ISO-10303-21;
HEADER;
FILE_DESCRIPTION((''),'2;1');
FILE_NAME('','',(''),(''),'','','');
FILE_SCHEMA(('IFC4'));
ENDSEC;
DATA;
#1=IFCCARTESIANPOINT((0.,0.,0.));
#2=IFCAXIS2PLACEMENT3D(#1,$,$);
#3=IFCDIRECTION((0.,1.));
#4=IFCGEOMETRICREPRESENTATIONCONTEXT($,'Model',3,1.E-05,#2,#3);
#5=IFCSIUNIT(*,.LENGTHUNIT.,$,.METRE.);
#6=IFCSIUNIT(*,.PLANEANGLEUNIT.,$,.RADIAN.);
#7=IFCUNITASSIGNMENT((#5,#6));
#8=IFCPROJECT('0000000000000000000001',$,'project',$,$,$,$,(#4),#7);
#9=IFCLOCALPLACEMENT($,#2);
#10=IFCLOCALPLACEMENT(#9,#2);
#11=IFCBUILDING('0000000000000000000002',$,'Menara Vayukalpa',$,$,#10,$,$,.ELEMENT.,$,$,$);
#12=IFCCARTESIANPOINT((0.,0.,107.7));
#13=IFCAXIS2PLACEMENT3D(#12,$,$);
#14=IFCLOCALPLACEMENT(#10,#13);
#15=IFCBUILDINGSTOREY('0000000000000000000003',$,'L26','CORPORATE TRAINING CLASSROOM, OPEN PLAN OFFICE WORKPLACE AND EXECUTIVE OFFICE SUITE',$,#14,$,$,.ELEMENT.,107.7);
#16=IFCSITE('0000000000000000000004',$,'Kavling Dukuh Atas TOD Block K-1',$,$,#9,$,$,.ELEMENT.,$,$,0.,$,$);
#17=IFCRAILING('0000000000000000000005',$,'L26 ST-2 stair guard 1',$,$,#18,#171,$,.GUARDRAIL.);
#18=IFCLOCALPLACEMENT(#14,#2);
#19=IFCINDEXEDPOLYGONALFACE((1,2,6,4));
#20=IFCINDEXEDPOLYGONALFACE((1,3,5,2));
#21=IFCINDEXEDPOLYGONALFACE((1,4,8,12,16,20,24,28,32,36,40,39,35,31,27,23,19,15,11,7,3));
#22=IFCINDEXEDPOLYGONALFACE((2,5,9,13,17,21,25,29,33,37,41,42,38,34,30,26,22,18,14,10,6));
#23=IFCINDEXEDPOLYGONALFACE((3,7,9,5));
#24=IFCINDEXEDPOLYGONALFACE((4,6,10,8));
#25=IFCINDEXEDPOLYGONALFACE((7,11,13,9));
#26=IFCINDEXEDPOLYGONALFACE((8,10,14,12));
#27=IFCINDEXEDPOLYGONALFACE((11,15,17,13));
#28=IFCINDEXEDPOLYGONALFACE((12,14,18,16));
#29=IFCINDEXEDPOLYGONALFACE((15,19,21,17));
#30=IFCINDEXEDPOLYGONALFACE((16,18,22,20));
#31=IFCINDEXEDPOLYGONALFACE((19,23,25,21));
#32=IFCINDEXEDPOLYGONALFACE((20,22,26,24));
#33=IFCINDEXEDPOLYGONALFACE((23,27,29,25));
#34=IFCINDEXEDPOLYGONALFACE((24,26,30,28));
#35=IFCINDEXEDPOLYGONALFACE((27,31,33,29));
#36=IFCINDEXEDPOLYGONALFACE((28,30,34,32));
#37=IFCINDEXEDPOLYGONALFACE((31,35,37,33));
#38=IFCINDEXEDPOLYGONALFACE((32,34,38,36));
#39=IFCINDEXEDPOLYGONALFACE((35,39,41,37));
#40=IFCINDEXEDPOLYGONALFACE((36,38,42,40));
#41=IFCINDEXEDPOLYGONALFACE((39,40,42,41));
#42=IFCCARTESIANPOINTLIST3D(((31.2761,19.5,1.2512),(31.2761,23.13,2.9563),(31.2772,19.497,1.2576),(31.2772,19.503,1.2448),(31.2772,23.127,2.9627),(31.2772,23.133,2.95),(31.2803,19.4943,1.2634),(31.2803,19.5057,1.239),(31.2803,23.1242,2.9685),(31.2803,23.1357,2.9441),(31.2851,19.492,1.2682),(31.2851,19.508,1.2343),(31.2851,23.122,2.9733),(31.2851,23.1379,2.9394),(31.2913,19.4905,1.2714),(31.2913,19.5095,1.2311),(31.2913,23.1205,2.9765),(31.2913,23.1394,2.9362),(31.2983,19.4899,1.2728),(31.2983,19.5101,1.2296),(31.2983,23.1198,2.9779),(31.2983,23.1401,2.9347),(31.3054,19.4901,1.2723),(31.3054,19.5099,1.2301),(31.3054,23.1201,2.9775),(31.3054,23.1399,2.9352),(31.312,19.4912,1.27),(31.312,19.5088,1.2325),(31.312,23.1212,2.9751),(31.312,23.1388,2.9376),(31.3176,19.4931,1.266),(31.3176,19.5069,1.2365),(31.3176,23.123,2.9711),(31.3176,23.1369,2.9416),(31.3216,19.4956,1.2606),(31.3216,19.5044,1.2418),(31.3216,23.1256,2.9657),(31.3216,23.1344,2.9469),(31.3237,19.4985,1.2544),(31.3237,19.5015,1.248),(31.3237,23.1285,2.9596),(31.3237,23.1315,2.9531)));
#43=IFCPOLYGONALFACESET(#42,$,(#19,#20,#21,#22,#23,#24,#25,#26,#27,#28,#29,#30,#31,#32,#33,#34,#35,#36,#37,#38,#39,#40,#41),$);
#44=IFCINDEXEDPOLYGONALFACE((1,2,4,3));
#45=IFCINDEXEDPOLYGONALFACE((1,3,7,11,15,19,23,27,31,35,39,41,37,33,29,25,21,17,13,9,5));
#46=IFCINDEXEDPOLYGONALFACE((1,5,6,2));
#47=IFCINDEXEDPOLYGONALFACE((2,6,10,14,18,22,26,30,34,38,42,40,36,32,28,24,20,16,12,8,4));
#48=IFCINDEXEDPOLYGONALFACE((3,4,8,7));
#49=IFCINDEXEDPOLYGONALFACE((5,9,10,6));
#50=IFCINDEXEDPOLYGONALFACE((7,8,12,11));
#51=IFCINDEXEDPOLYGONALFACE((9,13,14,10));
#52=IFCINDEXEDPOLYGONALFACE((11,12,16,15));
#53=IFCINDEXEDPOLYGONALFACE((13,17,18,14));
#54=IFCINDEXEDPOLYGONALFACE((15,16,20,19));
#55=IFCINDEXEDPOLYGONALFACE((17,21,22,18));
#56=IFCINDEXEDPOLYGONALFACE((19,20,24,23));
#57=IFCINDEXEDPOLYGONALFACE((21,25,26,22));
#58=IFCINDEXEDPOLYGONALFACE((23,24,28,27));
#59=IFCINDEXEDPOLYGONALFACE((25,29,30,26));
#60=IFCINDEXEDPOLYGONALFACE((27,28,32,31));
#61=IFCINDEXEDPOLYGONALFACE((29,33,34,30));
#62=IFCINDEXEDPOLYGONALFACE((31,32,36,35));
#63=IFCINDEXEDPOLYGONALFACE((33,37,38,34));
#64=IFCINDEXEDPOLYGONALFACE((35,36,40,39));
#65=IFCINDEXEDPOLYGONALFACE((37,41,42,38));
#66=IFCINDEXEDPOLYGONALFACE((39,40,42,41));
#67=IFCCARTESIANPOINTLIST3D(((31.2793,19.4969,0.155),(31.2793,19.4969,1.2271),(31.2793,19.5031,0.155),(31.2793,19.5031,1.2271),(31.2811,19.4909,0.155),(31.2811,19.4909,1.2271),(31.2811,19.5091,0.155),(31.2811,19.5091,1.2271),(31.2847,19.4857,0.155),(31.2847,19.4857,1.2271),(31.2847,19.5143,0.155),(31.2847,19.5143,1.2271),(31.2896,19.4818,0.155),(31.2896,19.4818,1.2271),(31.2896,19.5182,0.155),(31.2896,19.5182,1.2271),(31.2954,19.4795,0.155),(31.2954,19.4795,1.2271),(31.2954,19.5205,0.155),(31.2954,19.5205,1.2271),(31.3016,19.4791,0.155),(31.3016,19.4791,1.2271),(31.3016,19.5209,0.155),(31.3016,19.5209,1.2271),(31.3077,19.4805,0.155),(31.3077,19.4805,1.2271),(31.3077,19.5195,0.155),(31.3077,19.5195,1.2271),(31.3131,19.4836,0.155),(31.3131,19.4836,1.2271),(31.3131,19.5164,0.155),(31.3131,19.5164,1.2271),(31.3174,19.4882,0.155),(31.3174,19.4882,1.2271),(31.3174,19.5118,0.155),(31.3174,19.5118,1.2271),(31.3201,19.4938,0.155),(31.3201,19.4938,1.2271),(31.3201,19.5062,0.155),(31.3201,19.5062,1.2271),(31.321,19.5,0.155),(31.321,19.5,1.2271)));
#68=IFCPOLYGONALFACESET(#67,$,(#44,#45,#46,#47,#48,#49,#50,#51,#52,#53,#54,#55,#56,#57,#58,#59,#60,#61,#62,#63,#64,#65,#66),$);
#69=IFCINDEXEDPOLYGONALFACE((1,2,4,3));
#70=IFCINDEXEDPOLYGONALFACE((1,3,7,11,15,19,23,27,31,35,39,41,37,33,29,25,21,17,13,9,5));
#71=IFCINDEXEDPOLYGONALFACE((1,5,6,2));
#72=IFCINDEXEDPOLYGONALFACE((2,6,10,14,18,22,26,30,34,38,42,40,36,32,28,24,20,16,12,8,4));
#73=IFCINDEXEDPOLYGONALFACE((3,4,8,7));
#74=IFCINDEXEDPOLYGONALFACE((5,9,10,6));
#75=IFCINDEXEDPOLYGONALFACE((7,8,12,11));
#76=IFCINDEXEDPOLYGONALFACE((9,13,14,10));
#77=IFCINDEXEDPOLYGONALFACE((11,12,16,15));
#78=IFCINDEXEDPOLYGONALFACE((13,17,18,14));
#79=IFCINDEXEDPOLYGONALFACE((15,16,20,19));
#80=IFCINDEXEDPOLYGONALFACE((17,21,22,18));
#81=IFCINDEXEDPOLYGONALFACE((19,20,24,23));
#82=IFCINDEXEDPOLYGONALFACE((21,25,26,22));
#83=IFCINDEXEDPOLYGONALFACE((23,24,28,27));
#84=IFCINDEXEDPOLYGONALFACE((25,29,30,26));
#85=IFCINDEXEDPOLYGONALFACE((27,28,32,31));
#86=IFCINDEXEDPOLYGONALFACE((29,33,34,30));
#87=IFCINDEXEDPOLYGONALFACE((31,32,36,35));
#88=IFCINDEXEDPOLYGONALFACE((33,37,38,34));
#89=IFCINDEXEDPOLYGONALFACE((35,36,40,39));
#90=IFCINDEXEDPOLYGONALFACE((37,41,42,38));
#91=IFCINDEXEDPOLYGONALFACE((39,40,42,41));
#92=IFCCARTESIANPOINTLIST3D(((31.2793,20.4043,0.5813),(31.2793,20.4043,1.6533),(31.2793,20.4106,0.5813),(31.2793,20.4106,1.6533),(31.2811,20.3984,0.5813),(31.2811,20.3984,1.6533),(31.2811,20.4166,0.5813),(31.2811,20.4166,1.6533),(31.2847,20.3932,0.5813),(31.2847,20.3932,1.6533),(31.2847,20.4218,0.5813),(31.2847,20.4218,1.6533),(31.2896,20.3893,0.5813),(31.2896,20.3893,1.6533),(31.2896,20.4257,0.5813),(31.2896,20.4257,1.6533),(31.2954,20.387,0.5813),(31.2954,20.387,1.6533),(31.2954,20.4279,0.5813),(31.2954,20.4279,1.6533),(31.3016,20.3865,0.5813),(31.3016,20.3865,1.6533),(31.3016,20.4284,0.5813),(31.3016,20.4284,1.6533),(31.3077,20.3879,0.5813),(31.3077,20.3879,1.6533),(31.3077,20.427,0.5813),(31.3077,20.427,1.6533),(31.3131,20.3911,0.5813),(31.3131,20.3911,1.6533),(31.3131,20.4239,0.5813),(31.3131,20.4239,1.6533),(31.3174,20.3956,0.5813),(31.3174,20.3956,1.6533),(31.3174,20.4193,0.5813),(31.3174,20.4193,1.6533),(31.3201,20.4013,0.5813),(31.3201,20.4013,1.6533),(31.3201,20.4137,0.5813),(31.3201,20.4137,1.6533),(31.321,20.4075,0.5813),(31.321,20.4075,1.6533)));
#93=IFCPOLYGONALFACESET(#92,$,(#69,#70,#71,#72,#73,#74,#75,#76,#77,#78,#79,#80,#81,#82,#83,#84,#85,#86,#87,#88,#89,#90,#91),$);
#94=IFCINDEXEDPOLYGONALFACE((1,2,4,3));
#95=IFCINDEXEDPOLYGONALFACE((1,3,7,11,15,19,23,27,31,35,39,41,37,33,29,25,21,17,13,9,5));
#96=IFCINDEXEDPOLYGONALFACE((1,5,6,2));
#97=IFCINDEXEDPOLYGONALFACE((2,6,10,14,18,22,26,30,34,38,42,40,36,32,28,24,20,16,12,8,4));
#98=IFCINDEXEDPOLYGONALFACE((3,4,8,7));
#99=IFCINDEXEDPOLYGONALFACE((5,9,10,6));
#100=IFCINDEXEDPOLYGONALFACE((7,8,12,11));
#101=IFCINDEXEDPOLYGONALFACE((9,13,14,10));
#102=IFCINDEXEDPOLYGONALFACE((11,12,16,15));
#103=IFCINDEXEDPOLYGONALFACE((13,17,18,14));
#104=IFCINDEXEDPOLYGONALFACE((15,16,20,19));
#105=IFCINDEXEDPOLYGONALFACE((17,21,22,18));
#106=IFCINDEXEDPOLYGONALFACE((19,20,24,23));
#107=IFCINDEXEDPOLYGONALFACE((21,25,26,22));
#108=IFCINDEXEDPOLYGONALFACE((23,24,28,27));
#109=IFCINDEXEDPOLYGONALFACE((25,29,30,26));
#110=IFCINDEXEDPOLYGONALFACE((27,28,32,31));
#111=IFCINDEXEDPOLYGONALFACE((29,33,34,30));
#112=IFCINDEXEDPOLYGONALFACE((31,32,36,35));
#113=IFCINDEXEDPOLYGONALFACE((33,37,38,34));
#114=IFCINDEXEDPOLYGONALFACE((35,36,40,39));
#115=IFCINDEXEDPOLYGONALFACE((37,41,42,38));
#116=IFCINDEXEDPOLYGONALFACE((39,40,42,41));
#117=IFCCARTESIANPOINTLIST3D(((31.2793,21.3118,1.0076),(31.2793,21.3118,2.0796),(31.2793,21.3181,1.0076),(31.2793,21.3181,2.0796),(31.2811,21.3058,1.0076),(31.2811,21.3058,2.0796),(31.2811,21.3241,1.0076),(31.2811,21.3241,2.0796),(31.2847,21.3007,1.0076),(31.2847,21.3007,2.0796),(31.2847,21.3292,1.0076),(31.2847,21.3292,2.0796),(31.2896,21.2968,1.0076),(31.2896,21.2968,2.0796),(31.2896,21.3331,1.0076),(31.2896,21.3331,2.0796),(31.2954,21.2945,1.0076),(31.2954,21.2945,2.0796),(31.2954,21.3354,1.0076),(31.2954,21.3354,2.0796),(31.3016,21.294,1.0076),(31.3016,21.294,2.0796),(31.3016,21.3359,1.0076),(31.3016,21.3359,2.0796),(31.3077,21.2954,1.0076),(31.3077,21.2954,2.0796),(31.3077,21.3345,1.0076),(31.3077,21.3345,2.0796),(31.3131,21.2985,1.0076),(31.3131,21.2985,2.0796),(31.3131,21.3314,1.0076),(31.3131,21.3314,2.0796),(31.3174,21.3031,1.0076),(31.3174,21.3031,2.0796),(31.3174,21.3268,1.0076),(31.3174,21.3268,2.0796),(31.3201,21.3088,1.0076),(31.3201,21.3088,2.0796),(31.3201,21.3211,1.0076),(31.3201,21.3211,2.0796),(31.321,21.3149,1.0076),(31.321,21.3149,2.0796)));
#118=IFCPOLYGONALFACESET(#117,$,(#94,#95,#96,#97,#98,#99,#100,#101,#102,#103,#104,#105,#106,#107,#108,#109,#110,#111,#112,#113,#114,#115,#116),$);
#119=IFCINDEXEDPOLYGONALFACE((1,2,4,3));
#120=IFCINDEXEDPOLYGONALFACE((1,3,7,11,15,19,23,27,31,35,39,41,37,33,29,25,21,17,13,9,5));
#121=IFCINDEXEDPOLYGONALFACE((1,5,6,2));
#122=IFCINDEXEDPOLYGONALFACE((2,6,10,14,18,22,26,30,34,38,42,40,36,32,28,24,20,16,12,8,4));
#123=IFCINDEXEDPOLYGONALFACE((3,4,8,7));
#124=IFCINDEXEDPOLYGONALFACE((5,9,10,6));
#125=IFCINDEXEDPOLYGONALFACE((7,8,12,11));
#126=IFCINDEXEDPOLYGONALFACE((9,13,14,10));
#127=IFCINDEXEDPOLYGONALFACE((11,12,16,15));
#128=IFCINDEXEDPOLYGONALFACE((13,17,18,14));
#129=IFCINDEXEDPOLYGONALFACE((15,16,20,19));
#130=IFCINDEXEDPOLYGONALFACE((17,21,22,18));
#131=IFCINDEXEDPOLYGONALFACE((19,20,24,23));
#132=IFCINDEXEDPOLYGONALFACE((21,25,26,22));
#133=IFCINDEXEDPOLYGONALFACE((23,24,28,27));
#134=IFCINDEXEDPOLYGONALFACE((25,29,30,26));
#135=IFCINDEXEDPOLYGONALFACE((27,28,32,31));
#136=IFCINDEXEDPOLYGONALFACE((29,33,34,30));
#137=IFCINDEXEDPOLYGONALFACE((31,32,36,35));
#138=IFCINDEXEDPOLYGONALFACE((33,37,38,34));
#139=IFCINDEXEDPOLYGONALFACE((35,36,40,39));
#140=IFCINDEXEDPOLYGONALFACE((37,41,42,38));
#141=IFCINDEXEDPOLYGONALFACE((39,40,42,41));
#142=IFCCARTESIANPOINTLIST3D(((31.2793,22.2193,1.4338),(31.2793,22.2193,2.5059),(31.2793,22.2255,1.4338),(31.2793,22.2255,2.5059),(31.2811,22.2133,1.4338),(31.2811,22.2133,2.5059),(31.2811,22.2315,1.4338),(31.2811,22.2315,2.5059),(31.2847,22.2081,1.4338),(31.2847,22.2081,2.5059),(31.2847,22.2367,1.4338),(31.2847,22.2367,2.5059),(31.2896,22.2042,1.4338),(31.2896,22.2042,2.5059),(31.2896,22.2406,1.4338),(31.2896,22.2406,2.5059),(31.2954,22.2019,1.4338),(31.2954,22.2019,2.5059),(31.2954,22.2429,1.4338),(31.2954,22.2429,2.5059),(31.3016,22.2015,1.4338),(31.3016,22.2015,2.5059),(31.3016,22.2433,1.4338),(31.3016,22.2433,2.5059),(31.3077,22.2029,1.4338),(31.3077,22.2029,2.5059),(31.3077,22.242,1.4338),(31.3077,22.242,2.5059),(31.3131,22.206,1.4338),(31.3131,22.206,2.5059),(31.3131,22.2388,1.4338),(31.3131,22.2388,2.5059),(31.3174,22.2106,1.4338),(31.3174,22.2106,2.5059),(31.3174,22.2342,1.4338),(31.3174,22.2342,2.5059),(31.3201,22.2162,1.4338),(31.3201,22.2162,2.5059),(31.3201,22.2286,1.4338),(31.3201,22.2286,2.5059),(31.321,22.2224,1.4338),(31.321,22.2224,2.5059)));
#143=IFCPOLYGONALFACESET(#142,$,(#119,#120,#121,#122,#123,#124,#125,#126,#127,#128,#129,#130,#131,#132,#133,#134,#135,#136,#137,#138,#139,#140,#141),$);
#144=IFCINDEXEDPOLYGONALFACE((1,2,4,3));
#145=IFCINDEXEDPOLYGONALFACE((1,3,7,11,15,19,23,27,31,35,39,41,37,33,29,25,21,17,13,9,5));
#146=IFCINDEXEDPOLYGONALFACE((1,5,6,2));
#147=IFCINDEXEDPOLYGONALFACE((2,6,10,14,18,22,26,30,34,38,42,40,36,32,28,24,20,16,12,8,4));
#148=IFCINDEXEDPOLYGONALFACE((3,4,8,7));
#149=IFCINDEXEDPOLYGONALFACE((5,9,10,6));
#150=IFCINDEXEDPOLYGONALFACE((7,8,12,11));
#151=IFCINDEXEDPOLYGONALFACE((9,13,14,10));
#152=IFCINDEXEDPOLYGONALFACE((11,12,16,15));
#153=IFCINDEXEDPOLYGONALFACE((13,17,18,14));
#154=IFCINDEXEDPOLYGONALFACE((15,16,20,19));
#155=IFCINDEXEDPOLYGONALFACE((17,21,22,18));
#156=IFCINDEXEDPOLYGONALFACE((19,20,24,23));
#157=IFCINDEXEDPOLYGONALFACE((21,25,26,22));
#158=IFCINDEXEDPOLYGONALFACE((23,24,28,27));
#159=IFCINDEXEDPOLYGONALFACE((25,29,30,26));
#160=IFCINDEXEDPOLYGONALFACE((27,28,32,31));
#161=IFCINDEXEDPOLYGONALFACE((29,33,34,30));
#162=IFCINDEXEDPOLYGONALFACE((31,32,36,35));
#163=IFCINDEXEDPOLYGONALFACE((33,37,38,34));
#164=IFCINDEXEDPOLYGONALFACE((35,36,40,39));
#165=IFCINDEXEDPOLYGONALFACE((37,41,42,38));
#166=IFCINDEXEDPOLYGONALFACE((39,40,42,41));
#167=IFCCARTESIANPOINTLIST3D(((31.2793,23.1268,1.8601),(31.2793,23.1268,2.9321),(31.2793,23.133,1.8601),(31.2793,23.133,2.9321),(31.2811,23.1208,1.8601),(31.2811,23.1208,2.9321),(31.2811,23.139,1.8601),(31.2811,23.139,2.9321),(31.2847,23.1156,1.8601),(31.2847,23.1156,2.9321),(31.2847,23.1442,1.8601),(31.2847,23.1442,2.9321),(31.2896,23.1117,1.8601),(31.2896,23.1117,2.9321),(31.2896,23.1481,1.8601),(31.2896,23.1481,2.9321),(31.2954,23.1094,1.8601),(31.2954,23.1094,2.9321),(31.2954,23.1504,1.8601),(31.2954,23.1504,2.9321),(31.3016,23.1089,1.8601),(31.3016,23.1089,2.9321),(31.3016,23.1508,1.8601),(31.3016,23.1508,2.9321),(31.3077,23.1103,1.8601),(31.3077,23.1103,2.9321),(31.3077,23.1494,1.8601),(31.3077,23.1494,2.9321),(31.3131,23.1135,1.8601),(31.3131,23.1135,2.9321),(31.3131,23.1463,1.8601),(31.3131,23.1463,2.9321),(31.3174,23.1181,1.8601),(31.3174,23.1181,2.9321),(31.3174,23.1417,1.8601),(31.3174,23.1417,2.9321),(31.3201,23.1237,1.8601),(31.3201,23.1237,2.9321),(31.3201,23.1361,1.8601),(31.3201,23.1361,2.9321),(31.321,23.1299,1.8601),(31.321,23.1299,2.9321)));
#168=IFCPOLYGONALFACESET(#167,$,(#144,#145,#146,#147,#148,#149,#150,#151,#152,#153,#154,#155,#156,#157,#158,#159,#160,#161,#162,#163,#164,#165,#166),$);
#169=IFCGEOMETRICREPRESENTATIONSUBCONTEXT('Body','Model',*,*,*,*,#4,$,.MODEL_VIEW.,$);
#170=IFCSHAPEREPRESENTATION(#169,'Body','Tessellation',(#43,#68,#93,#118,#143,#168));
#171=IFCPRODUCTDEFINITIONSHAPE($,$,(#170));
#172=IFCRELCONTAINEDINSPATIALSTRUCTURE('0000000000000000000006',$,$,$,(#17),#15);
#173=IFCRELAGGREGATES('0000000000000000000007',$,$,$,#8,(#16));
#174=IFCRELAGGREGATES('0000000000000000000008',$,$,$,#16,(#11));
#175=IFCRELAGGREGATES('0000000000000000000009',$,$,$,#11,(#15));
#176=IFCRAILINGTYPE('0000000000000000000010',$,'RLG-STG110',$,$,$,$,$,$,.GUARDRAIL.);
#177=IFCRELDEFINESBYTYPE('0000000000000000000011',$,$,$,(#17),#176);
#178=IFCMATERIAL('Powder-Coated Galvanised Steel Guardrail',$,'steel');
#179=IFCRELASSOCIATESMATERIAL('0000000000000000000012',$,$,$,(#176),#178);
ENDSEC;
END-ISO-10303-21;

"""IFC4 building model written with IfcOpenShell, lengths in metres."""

from ifc_helpers import new_model, si_unit, direction, frame, origin, origin_2d, place, context, subcontext, project, spatial, circle, extrude, material, type_object, element, save


model = new_model("IFC4")

# Units and contexts
model_context = context("Model", 3, precision=1e-05, world=origin(), true_north=direction((0.0, 1.0)))
body_context = subcontext(model_context, "Body", "Model", "MODEL_VIEW")
ifc_project = project(units=[si_unit("LENGTHUNIT", "METRE"), si_unit("PLANEANGLEUNIT", "RADIAN")], contexts=[model_context])

# Site, building, storey
site_placement = place(None, origin())
site = spatial("IfcSite", under=ifc_project, at=site_placement, Name="Kavling Dukuh Atas TOD Block K-1", CompositionType="ELEMENT", RefElevation=0.0)
building_placement = place(site_placement, origin())
building = spatial("IfcBuilding", under=site, at=building_placement, Name="Menara Vayukalpa", CompositionType="ELEMENT")
storey_placement = place(building_placement, frame((0.0, 0.0, 107.7)))
storey = spatial("IfcBuildingStorey", under=building, at=storey_placement, Name="L26", Description="CORPORATE TRAINING CLASSROOM, OPEN PLAN OFFICE WORKPLACE AND EXECUTIVE OFFICE SUITE", CompositionType="ELEMENT", Elevation=107.7)

# Railing
ifc_material_1 = material(Name="Powder-Coated Galvanised Steel Guardrail", Category="steel")
railing_type_1 = type_object("IfcRailingType", Name="RLG-STG110", PredefinedType="GUARDRAIL", material=ifc_material_1)
railing_1_placement = place(storey_placement, frame((31.3, 19.5, 0.155)))
element("IfcRailing", 1, at=railing_1_placement, inside=storey, type_object=railing_type_1, Name="L26 ST-2 stair guard 1", PredefinedType="GUARDRAIL", context=body_context, shape_type="SweptSolid", body=[
    extrude(circle(Radius=0.0239, at=origin_2d()), frame((0.0, 0.0, 1.0962), z_axis=(0.0, 0.905116, 0.425164), x_axis=(-1.0, 0.0, 0.0)), (0.0, 0.0, 1.0), 4.0105),
    extrude(circle(Radius=0.021, at=origin_2d()), origin(), (0.0, 0.0, 1.0), 1.072),
    extrude(circle(Radius=0.021, at=origin_2d()), frame((0.0, 0.9075, 0.4263)), (0.0, 0.0, 1.0), 1.072),
    extrude(circle(Radius=0.021, at=origin_2d()), frame((0.0, 1.8149, 0.8525)), (0.0, 0.0, 1.0), 1.072),
    extrude(circle(Radius=0.021, at=origin_2d()), frame((0.0, 2.7224, 1.2788)), (0.0, 0.0, 1.0), 1.072),
    extrude(circle(Radius=0.021, at=origin_2d()), frame((0.0, 3.6299, 1.7051)), (0.0, 0.0, 1.0), 1.072),
])

save(model, "model.ifc")
